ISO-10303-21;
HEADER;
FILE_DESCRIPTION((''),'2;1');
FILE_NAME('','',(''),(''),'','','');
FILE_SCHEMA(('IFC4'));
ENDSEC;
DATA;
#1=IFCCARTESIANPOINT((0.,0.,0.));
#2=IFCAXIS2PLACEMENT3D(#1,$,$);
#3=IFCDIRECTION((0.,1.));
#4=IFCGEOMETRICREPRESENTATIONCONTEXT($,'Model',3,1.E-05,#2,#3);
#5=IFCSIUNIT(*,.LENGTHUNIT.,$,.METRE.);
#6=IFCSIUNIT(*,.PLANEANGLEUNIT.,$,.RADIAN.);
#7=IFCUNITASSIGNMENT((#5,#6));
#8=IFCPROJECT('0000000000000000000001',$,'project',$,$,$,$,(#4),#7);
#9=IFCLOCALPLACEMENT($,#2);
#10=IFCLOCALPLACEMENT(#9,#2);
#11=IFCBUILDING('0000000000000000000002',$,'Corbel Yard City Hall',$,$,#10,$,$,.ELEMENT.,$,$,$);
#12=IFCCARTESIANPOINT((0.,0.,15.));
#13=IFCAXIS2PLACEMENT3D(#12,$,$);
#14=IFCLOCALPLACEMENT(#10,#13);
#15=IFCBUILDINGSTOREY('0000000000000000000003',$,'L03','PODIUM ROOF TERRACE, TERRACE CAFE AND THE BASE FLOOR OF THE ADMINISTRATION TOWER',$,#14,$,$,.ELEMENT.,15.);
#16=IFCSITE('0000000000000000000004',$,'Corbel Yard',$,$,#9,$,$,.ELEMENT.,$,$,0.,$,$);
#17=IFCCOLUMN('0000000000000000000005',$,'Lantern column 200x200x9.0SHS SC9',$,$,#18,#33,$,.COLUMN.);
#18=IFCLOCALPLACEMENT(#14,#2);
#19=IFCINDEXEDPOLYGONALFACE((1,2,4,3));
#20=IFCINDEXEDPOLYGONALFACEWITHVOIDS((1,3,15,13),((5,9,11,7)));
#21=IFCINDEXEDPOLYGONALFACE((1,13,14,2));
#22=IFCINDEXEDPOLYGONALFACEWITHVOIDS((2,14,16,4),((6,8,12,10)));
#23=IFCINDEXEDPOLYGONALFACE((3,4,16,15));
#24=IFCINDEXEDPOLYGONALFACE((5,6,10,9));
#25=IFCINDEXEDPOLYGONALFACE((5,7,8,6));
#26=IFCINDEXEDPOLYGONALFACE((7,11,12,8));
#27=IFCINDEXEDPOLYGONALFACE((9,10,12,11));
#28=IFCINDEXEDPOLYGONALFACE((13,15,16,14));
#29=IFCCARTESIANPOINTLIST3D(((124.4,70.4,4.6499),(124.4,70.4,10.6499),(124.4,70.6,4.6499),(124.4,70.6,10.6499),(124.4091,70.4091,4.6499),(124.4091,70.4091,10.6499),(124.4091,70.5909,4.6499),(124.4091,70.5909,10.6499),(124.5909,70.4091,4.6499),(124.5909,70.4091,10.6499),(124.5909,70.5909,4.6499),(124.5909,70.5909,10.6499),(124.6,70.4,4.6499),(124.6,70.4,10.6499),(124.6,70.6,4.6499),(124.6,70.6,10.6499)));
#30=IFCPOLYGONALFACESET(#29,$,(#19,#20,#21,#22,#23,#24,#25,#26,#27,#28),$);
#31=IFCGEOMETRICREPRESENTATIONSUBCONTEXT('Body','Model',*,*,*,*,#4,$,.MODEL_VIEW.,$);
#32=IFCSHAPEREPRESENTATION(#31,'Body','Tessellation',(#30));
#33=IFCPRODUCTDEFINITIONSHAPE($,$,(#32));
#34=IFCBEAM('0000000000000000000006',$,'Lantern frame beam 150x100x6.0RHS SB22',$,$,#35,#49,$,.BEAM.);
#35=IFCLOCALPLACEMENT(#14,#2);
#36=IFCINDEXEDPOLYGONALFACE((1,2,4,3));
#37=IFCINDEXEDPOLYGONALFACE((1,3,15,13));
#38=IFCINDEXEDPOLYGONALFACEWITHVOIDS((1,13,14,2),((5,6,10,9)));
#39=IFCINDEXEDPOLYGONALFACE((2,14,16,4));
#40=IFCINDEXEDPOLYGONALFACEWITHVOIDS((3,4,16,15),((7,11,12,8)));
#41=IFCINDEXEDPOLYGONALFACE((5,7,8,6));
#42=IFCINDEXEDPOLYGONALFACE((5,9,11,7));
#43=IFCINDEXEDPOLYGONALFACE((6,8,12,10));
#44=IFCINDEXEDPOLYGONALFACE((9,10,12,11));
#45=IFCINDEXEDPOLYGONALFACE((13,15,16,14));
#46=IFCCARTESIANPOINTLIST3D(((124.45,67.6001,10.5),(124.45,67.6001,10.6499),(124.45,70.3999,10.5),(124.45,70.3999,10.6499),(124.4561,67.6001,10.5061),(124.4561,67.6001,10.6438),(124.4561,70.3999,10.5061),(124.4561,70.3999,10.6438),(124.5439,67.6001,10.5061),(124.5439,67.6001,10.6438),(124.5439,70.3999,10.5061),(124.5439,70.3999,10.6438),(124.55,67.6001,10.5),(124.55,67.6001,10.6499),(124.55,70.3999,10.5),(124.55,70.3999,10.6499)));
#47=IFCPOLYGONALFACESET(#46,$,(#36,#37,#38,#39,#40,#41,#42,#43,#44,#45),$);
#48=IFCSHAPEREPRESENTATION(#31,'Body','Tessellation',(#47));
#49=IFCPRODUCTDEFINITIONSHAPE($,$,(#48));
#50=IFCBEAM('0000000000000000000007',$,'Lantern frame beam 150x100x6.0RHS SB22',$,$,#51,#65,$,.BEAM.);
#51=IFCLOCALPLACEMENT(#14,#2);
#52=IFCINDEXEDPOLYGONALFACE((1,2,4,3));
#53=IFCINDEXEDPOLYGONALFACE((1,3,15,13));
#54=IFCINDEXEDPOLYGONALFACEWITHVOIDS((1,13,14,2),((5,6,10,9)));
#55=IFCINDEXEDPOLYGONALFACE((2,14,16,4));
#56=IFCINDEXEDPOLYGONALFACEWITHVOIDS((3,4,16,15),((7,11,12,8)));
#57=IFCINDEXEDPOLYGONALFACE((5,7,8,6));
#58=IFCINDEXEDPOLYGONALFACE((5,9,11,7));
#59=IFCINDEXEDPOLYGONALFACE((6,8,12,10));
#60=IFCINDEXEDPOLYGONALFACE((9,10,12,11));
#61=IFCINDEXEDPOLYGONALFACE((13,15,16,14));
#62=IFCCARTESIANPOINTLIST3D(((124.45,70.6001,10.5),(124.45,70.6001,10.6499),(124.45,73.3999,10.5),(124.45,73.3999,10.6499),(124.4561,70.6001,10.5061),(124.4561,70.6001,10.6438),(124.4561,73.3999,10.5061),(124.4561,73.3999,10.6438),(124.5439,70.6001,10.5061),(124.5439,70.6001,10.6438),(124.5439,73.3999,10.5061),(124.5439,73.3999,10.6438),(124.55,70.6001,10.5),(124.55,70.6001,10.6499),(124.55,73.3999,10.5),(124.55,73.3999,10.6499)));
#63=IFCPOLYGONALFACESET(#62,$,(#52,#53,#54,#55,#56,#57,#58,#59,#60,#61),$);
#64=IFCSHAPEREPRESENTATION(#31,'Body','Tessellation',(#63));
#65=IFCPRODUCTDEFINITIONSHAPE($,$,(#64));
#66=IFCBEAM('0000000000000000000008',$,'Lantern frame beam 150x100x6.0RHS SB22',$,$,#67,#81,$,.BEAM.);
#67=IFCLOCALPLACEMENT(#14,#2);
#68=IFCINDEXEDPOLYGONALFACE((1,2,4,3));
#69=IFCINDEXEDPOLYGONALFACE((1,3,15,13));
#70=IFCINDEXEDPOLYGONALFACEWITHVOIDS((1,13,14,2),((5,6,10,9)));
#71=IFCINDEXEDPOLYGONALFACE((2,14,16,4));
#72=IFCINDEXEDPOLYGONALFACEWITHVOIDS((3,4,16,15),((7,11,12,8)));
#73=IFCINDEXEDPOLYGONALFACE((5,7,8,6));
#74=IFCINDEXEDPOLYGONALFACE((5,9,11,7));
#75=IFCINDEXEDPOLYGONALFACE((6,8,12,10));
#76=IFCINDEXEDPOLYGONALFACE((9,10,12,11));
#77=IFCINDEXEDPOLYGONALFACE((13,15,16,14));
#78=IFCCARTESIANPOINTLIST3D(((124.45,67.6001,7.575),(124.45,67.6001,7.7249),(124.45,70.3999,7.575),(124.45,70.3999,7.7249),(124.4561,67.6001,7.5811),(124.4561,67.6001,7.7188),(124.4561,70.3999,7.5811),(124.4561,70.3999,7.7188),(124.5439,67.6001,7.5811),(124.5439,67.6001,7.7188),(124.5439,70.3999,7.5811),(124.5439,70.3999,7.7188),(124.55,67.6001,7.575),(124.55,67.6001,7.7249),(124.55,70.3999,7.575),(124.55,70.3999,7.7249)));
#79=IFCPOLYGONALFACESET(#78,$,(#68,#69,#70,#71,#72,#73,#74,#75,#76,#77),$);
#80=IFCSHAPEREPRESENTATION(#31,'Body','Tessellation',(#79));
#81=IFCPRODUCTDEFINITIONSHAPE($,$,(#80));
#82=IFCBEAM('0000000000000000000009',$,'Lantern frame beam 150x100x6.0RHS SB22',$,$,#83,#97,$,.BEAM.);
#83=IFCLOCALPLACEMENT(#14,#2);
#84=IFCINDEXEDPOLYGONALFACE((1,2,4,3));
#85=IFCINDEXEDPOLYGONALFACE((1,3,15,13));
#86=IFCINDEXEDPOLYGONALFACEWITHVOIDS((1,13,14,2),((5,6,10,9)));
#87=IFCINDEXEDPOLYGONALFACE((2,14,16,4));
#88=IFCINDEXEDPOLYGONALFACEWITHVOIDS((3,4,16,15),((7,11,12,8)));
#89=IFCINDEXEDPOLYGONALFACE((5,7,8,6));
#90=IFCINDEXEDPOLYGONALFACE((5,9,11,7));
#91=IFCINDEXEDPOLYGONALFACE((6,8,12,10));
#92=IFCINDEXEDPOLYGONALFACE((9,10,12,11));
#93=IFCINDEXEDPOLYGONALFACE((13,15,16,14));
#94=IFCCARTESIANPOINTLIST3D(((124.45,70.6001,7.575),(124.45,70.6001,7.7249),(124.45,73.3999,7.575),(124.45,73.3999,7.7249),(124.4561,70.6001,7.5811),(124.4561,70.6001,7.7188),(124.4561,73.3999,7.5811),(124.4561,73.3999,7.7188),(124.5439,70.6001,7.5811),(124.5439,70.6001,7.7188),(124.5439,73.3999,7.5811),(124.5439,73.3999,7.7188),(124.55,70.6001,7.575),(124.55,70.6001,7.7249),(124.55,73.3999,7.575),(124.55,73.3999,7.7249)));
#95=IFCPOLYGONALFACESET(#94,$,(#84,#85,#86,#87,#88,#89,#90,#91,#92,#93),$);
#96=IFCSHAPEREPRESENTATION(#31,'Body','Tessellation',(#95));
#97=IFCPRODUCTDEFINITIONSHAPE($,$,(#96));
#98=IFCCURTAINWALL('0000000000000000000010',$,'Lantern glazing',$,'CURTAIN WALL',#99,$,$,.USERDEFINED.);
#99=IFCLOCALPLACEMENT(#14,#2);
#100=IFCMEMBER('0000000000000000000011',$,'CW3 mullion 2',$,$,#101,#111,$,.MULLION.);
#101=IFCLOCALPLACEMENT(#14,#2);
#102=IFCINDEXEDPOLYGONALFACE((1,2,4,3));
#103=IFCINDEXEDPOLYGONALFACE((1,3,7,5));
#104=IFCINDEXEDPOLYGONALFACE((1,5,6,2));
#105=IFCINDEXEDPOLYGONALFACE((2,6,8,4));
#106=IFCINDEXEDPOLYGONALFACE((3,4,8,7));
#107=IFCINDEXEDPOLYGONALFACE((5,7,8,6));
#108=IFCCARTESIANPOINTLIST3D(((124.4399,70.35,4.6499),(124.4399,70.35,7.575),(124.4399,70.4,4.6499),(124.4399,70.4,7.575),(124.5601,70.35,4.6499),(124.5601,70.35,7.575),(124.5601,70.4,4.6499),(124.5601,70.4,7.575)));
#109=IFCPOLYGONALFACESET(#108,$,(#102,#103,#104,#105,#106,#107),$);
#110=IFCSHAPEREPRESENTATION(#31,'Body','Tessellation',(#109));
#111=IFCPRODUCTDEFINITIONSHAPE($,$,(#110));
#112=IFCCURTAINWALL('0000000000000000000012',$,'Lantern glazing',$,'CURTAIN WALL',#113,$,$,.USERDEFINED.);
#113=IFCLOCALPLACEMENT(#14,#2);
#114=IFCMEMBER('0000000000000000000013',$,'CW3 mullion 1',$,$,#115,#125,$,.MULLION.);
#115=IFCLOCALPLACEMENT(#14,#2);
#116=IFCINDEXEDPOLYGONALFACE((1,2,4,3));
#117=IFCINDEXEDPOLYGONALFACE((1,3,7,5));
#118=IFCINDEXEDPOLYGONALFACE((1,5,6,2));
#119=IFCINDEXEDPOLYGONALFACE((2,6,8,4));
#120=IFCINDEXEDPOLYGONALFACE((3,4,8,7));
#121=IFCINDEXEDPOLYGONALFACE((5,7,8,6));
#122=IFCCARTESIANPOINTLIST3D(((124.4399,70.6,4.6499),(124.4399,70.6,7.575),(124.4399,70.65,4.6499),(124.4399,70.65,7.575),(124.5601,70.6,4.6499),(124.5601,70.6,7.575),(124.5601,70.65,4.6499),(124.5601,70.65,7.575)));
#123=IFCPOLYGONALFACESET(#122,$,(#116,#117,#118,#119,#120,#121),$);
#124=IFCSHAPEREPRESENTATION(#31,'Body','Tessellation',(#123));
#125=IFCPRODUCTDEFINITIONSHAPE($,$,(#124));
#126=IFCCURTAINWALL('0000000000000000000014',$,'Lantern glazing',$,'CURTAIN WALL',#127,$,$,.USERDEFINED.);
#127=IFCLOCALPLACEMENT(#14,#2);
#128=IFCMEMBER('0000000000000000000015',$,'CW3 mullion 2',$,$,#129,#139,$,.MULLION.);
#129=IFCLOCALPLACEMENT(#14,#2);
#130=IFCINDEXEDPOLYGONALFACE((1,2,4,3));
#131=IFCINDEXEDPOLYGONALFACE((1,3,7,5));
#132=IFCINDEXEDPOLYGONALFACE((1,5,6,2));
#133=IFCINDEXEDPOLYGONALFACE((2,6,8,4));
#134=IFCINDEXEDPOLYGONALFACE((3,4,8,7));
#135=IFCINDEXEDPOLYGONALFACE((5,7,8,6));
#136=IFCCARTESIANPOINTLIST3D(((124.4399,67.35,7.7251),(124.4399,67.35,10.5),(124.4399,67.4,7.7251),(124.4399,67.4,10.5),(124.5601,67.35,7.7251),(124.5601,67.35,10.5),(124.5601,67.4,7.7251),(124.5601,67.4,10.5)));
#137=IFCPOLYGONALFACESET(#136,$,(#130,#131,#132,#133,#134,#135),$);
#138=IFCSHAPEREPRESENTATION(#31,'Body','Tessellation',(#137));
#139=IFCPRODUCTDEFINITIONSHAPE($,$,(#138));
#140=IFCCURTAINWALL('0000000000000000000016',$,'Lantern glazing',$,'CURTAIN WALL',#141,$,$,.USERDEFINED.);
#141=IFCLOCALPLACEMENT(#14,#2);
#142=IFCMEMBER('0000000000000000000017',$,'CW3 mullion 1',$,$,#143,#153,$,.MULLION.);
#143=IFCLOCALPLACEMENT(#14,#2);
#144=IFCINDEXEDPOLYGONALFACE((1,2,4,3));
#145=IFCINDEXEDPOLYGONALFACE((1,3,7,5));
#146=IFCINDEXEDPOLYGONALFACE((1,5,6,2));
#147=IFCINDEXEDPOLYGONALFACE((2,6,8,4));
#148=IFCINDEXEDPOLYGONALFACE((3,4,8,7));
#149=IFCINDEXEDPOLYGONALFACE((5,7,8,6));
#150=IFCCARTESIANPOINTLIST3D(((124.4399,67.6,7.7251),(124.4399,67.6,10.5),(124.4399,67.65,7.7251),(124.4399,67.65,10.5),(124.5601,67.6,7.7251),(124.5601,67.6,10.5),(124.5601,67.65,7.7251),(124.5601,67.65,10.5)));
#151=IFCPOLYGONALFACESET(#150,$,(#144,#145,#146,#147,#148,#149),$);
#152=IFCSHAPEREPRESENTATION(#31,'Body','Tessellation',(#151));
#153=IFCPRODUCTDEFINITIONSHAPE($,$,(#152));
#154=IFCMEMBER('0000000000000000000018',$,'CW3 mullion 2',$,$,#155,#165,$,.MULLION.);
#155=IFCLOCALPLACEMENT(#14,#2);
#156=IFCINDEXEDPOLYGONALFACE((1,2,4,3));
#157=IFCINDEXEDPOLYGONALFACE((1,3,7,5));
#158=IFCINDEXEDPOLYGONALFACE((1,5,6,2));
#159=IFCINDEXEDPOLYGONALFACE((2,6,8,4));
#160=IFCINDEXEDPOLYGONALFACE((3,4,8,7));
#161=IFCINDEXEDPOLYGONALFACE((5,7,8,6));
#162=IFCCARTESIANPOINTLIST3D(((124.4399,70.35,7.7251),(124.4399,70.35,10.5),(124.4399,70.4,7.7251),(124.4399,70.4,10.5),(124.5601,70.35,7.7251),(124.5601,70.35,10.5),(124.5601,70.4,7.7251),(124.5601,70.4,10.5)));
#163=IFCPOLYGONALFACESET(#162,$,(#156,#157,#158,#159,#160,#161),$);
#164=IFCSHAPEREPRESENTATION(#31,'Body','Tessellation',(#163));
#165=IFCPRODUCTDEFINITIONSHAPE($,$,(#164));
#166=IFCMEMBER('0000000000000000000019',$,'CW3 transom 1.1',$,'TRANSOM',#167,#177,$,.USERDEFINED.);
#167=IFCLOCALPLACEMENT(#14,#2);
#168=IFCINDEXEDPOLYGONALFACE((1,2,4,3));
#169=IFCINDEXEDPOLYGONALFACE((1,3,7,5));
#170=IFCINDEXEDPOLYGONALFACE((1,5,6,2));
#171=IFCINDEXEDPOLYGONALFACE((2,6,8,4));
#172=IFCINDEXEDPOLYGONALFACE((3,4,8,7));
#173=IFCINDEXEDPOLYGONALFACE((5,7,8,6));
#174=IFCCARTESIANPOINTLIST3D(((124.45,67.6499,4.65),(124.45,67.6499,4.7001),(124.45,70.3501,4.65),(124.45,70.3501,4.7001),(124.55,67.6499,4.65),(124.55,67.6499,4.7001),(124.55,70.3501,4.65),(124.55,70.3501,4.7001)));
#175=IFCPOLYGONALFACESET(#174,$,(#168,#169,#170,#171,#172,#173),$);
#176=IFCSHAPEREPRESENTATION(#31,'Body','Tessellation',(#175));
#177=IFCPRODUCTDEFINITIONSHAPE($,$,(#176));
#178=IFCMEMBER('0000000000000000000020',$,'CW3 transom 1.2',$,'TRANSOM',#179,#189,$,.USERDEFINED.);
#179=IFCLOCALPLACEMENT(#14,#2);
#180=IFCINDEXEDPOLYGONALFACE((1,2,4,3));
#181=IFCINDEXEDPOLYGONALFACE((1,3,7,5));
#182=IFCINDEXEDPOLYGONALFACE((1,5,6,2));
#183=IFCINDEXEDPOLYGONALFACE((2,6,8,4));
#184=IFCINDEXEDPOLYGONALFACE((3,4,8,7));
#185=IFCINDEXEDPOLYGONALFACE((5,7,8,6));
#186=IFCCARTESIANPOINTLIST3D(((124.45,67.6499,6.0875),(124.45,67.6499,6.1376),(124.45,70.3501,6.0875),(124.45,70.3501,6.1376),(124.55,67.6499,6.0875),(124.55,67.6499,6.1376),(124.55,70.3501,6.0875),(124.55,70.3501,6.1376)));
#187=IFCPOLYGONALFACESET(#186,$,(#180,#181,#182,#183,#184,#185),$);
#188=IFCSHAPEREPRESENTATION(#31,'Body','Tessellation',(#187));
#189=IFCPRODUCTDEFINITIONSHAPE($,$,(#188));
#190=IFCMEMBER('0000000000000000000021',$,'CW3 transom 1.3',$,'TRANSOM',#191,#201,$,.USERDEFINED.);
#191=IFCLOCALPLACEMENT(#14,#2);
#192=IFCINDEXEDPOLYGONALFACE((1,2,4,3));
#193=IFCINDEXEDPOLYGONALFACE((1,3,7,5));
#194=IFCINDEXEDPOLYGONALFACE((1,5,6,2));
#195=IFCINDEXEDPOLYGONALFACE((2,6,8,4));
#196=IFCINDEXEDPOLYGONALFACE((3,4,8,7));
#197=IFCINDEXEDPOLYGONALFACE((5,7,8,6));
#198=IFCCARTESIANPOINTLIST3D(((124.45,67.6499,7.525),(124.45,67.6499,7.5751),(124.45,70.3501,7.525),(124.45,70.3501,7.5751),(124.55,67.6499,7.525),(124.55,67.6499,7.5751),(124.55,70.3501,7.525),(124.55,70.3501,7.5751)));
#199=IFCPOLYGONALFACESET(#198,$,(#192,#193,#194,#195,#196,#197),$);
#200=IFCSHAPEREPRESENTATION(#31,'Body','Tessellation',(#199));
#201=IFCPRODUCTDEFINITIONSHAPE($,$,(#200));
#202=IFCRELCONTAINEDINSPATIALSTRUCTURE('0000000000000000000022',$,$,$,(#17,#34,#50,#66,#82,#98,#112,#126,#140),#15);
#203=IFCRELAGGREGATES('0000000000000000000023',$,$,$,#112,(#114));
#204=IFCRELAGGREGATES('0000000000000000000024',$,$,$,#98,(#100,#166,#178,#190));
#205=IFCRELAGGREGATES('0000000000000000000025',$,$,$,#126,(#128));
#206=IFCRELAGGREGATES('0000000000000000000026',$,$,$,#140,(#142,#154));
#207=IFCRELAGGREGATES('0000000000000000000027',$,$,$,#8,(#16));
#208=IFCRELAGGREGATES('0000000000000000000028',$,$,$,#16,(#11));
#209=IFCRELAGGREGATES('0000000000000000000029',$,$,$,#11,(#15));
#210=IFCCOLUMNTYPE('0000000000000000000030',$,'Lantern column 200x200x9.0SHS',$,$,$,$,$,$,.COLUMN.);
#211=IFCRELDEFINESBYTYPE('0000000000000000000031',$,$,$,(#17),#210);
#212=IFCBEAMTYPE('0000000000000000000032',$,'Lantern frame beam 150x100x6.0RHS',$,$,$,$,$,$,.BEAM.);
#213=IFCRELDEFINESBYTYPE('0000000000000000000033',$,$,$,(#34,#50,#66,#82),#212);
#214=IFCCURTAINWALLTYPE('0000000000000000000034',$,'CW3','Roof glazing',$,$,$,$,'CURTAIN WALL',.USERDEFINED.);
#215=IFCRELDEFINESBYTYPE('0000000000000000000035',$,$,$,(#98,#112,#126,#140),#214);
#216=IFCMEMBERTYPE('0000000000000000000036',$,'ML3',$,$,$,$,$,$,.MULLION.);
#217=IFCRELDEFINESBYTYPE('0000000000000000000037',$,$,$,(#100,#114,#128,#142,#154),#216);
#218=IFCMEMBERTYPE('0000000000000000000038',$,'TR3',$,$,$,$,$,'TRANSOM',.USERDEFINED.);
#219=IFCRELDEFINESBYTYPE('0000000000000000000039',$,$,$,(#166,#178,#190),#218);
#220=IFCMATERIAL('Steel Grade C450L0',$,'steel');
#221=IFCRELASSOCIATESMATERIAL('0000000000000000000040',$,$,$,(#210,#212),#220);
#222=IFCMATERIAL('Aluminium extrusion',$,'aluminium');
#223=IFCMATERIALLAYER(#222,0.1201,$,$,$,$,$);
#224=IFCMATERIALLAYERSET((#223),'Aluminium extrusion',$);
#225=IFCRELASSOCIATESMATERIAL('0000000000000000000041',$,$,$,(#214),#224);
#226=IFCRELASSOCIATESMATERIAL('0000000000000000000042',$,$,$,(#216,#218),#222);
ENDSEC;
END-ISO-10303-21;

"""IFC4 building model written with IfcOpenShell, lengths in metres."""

from ifc_helpers import new_model, si_unit, direction, frame, origin, origin_2d, place, context, subcontext, project, spatial, rectangle, hollow_rectangle, extrude, material, layer, layer_set, material_profile, profile_set, type_object, element, aggregate, save


model = new_model("IFC4")

# Units and contexts
model_context = context("Model", 3, precision=1e-05, world=origin(), true_north=direction((0.0, 1.0)))
body_context = subcontext(model_context, "Body", "Model", "MODEL_VIEW")
ifc_project = project(units=[si_unit("LENGTHUNIT", "METRE"), si_unit("PLANEANGLEUNIT", "RADIAN")], contexts=[model_context])

# Site, building, storey
site_placement = place(None, origin())
site = spatial("IfcSite", under=ifc_project, at=site_placement, Name="Corbel Yard", CompositionType="ELEMENT", RefElevation=0.0)
building_placement = place(site_placement, origin())
building = spatial("IfcBuilding", under=site, at=building_placement, Name="Corbel Yard City Hall", CompositionType="ELEMENT")
storey_placement = place(building_placement, frame((0.0, 0.0, 15.0)))
storey = spatial("IfcBuildingStorey", under=building, at=storey_placement, Name="L03", Description="PODIUM ROOF TERRACE, TERRACE CAFE AND THE BASE FLOOR OF THE ADMINISTRATION TOWER", CompositionType="ELEMENT", Elevation=15.0)

# Column
ifc_material_1 = material(Name="Steel Grade C450L0", Category="steel")
ifc_material_profile_1 = material_profile(ifc_material_1, hollow_rectangle(XDim=0.2, YDim=0.2, WallThickness=0.009, at=origin_2d()), Name="200x200x9.0SHS")
ifc_profile_set_1 = profile_set([ifc_material_profile_1], Name="Steel Grade C450L0")
column_type = type_object("IfcColumnType", Name="Lantern column 200x200x9.0SHS", PredefinedType="COLUMN", material=ifc_profile_set_1)
column_placement = place(storey_placement, frame((124.5, 70.5, 4.6499), z_axis=(0.0, 0.0, 1.0), x_axis=(1.0, 0.0, 0.0)))
element("IfcColumn", 1, at=column_placement, inside=storey, type_object=column_type, Name="Lantern column 200x200x9.0SHS SC9", PredefinedType="COLUMN", context=body_context, shape_type="SweptSolid", body=[
    extrude(hollow_rectangle(XDim=0.2, YDim=0.2, WallThickness=0.009, at=origin_2d()), origin(), (0.0, 0.0, 1.0), 6.0),
])

# Beams
ifc_material_profile_2 = material_profile(ifc_material_1, hollow_rectangle(XDim=0.1001, YDim=0.1499, WallThickness=0.0061, at=origin_2d()), Name="150x100x6.0RHS")
ifc_profile_set_2 = profile_set([ifc_material_profile_2], Name="Steel Grade C450L0")
beam_type = type_object("IfcBeamType", Name="Lantern frame beam 150x100x6.0RHS", PredefinedType="BEAM", material=ifc_profile_set_2)
for number, where, z_axis, x_axis, name in (
    (2, (124.5, 67.6001, 10.575), (0.0, 1.0, 0.0), (-1.0, 0.0, 0.0), "Lantern frame beam 150x100x6.0RHS SB22"),
    (3, (124.5, 70.6001, 10.575), (0.0, 1.0, 0.0), (-1.0, 0.0, 0.0), "Lantern frame beam 150x100x6.0RHS SB22"),
    (4, (124.5, 67.6001, 7.6499), (0.0, 1.0, 0.0), (-1.0, 0.0, 0.0), "Lantern frame beam 150x100x6.0RHS SB22"),
    (5, (124.5, 70.6001, 7.6499), (0.0, 1.0, 0.0), (-1.0, 0.0, 0.0), "Lantern frame beam 150x100x6.0RHS SB22"),
):
    element("IfcBeam", number, at=place(storey_placement, frame(where, z_axis=z_axis, x_axis=x_axis)), inside=storey, type_object=beam_type, Name=name, PredefinedType="BEAM", context=body_context, shape_type="SweptSolid", body=[
        extrude(hollow_rectangle(XDim=0.1001, YDim=0.1499, WallThickness=0.0061, at=origin_2d()), origin(), (0.0, 0.0, 1.0), 2.7998),
    ])

# Curtain walls, members
ifc_material_2 = material(Name="Aluminium extrusion", Category="aluminium")
ifc_layer_1 = layer(ifc_material_2, 0.1201)
ifc_layer_set_1 = layer_set([ifc_layer_1], Name="Aluminium extrusion")
curtain_wall_type_1 = type_object("IfcCurtainWallType", Name="CW3", Description="Roof glazing", ElementType="CURTAIN WALL", PredefinedType="USERDEFINED", material=ifc_layer_set_1)
curtain_wall_1_placement = place(storey_placement, origin())
curtain_wall_1 = element("IfcCurtainWall", 6, at=curtain_wall_1_placement, inside=storey, type_object=curtain_wall_type_1, Name="Lantern glazing", ObjectType="CURTAIN WALL", PredefinedType="USERDEFINED")
ifc_material_profile_3 = material_profile(ifc_material_2, rectangle(XDim=0.1201, YDim=0.05, at=origin_2d()), Name="120x50")
ifc_profile_set_3 = profile_set([ifc_material_profile_3], Name="Aluminium extrusion")
member_type_1 = type_object("IfcMemberType", Name="ML3", PredefinedType="MULLION", material=ifc_profile_set_3)
member_1_placement = place(storey_placement, frame((124.5, 70.375, 4.6499), z_axis=(0.0, 0.0, 1.0), x_axis=(-1.0, 0.0, 0.0)))
member_1 = element("IfcMember", 7, at=member_1_placement, type_object=member_type_1, Name="CW3 mullion 2", PredefinedType="MULLION", context=body_context, shape_type="SweptSolid", body=[
    extrude(rectangle(XDim=0.1201, YDim=0.05, at=origin_2d()), origin(), (0.0, 0.0, 1.0), 2.925),
])
curtain_wall_2_placement = place(storey_placement, origin())
curtain_wall_2 = element("IfcCurtainWall", 8, at=curtain_wall_2_placement, inside=storey, type_object=curtain_wall_type_1, Name="Lantern glazing", ObjectType="CURTAIN WALL", PredefinedType="USERDEFINED")
member_2_placement = place(storey_placement, frame((124.5, 70.625, 4.6499), z_axis=(0.0, 0.0, 1.0), x_axis=(-1.0, 0.0, 0.0)))
member_2 = element("IfcMember", 9, at=member_2_placement, type_object=member_type_1, Name="CW3 mullion 1", PredefinedType="MULLION", context=body_context, shape_type="SweptSolid", body=[
    extrude(rectangle(XDim=0.1201, YDim=0.05, at=origin_2d()), origin(), (0.0, 0.0, 1.0), 2.925),
])
aggregate(curtain_wall_2, [member_2])
curtain_wall_3_placement = place(storey_placement, origin())
curtain_wall_3 = element("IfcCurtainWall", 10, at=curtain_wall_3_placement, inside=storey, type_object=curtain_wall_type_1, Name="Lantern glazing", ObjectType="CURTAIN WALL", PredefinedType="USERDEFINED")
member_3_placement = place(storey_placement, frame((124.5, 67.375, 7.7251), z_axis=(0.0, 0.0, 1.0), x_axis=(-1.0, 0.0, 0.0)))
member_3 = element("IfcMember", 11, at=member_3_placement, type_object=member_type_1, Name="CW3 mullion 2", PredefinedType="MULLION", context=body_context, shape_type="SweptSolid", body=[
    extrude(rectangle(XDim=0.1201, YDim=0.05, at=origin_2d()), origin(), (0.0, 0.0, 1.0), 2.7749),
])

# Curtain wall, members
curtain_wall_4_placement = place(storey_placement, origin())
curtain_wall_4 = element("IfcCurtainWall", 12, at=curtain_wall_4_placement, inside=storey, type_object=curtain_wall_type_1, Name="Lantern glazing", ObjectType="CURTAIN WALL", PredefinedType="USERDEFINED")
member_4_placement = place(storey_placement, frame((124.5, 67.625, 7.7251), z_axis=(0.0, 0.0, 1.0), x_axis=(-1.0, 0.0, 0.0)))
member_4 = element("IfcMember", 13, at=member_4_placement, type_object=member_type_1, Name="CW3 mullion 1", PredefinedType="MULLION", context=body_context, shape_type="SweptSolid", body=[
    extrude(rectangle(XDim=0.1201, YDim=0.05, at=origin_2d()), origin(), (0.0, 0.0, 1.0), 2.7749),
])
member_5_placement = place(storey_placement, frame((124.5, 70.375, 7.7251), z_axis=(0.0, 0.0, 1.0), x_axis=(-1.0, 0.0, 0.0)))
member_5 = element("IfcMember", 14, at=member_5_placement, type_object=member_type_1, Name="CW3 mullion 2", PredefinedType="MULLION", context=body_context, shape_type="SweptSolid", body=[
    extrude(rectangle(XDim=0.1201, YDim=0.05, at=origin_2d()), origin(), (0.0, 0.0, 1.0), 2.7749),
])

# Members
ifc_material_profile_4 = material_profile(ifc_material_2, rectangle(XDim=0.1001, YDim=0.05, at=origin_2d()), Name="100x50")
ifc_profile_set_4 = profile_set([ifc_material_profile_4], Name="Aluminium extrusion")
member_type_2 = type_object("IfcMemberType", Name="TR3", ElementType="TRANSOM", PredefinedType="USERDEFINED", material=ifc_profile_set_4)
member_6_placement = place(storey_placement, frame((124.5, 67.6499, 4.675), z_axis=(0.0, 1.0, 0.0), x_axis=(-1.0, 0.0, 0.0)))
member_6 = element("IfcMember", 15, at=member_6_placement, type_object=member_type_2, Name="CW3 transom 1.1", ObjectType="TRANSOM", PredefinedType="USERDEFINED", context=body_context, shape_type="SweptSolid", body=[
    extrude(rectangle(XDim=0.1001, YDim=0.05, at=origin_2d()), origin(), (0.0, 0.0, 1.0), 2.7002),
])
member_7_placement = place(storey_placement, frame((124.5, 67.6499, 6.1125), z_axis=(0.0, 1.0, 0.0), x_axis=(-1.0, 0.0, 0.0)))
member_7 = element("IfcMember", 16, at=member_7_placement, type_object=member_type_2, Name="CW3 transom 1.2", ObjectType="TRANSOM", PredefinedType="USERDEFINED", context=body_context, shape_type="SweptSolid", body=[
    extrude(rectangle(XDim=0.1001, YDim=0.05, at=origin_2d()), origin(), (0.0, 0.0, 1.0), 2.7002),
])
member_8_placement = place(storey_placement, frame((124.5, 67.6499, 7.55), z_axis=(0.0, 1.0, 0.0), x_axis=(-1.0, 0.0, 0.0)))
member_8 = element("IfcMember", 17, at=member_8_placement, type_object=member_type_2, Name="CW3 transom 1.3", ObjectType="TRANSOM", PredefinedType="USERDEFINED", context=body_context, shape_type="SweptSolid", body=[
    extrude(rectangle(XDim=0.1001, YDim=0.05, at=origin_2d()), origin(), (0.0, 0.0, 1.0), 2.7002),
])

aggregate(curtain_wall_1, [member_1, member_6, member_7, member_8])
aggregate(curtain_wall_3, [member_3])
aggregate(curtain_wall_4, [member_4, member_5])

save(model, "model.ifc")
